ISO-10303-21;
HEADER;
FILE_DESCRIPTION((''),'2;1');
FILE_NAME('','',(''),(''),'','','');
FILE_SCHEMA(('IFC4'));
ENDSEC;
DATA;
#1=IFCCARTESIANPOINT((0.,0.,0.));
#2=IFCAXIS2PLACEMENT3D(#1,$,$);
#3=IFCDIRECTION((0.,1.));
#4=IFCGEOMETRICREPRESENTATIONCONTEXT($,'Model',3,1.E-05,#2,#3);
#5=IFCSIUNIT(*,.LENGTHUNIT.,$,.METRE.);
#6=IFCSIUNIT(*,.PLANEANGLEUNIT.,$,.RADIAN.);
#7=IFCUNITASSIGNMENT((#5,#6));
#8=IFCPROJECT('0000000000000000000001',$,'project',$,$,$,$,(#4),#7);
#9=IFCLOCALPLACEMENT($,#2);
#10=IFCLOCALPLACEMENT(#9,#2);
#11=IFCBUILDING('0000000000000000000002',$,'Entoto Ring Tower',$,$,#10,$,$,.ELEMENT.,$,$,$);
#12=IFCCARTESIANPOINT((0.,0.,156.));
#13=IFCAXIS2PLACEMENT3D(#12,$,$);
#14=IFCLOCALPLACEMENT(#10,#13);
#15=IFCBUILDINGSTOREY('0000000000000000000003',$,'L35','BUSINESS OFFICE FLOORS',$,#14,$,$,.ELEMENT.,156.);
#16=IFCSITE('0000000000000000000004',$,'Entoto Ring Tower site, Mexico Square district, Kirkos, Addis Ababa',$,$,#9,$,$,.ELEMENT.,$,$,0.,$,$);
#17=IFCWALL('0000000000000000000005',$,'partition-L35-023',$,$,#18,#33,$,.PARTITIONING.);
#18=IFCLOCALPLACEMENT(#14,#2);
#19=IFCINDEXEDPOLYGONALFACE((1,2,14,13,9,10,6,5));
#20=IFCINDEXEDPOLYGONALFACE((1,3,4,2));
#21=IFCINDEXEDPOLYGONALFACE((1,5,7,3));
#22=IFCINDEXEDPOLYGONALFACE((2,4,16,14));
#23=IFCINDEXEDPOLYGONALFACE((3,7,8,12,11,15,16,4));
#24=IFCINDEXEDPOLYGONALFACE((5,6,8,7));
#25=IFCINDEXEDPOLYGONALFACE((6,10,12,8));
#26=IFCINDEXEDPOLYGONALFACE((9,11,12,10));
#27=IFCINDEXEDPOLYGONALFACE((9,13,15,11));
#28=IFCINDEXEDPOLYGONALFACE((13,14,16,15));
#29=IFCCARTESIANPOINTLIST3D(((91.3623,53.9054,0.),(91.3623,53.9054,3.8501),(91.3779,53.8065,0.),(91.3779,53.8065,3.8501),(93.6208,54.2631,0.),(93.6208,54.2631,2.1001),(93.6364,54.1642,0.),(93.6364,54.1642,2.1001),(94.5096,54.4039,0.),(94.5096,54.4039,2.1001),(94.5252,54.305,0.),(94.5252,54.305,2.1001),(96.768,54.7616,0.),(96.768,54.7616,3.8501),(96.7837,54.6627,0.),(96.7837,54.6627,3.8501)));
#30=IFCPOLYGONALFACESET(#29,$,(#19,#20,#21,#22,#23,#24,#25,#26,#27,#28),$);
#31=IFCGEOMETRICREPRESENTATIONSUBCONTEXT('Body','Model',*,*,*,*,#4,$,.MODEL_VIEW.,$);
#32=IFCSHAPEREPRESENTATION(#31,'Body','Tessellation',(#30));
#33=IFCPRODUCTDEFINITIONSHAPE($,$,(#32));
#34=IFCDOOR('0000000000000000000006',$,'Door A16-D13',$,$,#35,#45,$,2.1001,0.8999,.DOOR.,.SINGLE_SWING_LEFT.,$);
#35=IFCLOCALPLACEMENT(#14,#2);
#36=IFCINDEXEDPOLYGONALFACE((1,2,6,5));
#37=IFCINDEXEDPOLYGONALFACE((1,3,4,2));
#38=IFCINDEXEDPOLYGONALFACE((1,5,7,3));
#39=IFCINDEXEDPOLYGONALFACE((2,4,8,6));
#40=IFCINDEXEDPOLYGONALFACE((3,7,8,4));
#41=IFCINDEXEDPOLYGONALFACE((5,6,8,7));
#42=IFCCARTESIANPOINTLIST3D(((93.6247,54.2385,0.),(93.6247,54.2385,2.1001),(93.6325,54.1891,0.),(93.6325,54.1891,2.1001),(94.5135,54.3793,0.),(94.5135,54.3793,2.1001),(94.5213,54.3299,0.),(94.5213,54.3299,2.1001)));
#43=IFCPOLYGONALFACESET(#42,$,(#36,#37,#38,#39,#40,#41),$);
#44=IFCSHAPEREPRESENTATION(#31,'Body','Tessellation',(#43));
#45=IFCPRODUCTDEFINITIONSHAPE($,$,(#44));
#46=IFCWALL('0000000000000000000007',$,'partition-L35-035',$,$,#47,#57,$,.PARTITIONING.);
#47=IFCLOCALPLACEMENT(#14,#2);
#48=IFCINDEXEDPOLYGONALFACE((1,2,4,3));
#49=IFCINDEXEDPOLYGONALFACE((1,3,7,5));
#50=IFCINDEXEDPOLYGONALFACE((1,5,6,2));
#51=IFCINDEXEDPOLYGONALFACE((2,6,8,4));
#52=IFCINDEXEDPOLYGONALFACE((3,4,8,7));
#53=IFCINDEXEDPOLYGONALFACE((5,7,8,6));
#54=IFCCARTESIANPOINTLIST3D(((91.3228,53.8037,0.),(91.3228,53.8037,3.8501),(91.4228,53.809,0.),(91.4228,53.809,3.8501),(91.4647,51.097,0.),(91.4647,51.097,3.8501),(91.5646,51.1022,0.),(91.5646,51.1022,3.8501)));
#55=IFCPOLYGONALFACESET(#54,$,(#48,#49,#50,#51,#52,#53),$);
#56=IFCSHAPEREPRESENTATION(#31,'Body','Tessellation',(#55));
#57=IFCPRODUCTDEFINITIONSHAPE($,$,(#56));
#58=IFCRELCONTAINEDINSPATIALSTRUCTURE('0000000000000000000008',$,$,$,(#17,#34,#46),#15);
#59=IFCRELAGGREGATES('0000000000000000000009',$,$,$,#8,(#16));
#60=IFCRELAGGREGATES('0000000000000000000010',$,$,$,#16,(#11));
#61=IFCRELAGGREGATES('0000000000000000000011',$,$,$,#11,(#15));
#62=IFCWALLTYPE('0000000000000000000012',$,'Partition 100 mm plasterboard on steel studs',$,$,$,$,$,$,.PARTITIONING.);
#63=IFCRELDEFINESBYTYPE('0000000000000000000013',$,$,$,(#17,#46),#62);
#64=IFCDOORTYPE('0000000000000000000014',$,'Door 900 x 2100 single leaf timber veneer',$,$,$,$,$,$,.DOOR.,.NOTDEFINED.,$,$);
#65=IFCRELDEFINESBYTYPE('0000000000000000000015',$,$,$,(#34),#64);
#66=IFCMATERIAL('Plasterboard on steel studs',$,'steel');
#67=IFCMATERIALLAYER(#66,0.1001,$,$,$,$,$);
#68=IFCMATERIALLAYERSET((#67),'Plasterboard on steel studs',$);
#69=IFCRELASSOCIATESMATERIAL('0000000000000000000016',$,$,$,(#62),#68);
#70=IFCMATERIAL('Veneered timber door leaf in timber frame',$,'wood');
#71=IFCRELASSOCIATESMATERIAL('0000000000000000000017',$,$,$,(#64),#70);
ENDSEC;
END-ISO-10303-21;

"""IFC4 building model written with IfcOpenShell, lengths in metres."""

from ifc_helpers import new_model, si_unit, direction, frame, frame_2d, origin, place, context, subcontext, project, spatial, rectangle, extrude, material, layer, layer_set, type_object, element, fill, save


model = new_model("IFC4")

# Units and contexts
model_context = context("Model", 3, precision=1e-05, world=origin(), true_north=direction((0.0, 1.0)))
body_context = subcontext(model_context, "Body", "Model", "MODEL_VIEW")
ifc_project = project(units=[si_unit("LENGTHUNIT", "METRE"), si_unit("PLANEANGLEUNIT", "RADIAN")], contexts=[model_context])

# Site, building, storey
site_placement = place(None, origin())
site = spatial("IfcSite", under=ifc_project, at=site_placement, Name="Entoto Ring Tower site, Mexico Square district, Kirkos, Addis Ababa", CompositionType="ELEMENT", RefElevation=0.0)
building_placement = place(site_placement, origin())
building = spatial("IfcBuilding", under=site, at=building_placement, Name="Entoto Ring Tower", CompositionType="ELEMENT")
storey_placement = place(building_placement, frame((0.0, 0.0, 156.0)))
storey = spatial("IfcBuildingStorey", under=building, at=storey_placement, Name="L35", Description="BUSINESS OFFICE FLOORS", CompositionType="ELEMENT", Elevation=156.0)

# Wall, opening, door
ifc_material_1 = material(Name="Plasterboard on steel studs", Category="steel")
ifc_layer_1 = layer(ifc_material_1, 0.1001)
ifc_layer_set_1 = layer_set([ifc_layer_1], Name="Plasterboard on steel studs")
wall_type_1 = type_object("IfcWallType", Name="Partition 100 mm plasterboard on steel studs", PredefinedType="PARTITIONING", material=ifc_layer_set_1)
wall_1_placement = place(storey_placement, frame((91.3701, 53.856, 0.0), z_axis=(0.0, 0.0, 1.0), x_axis=(0.987688, 0.156437, 0.0)))
wall_1 = element("IfcWall", 1, at=wall_1_placement, inside=storey, type_object=wall_type_1, Name="partition-L35-023", PredefinedType="PARTITIONING", context=body_context, shape_type="SweptSolid", body=[
    extrude(rectangle(XDim=5.4731, YDim=0.1001, at=frame_2d((2.7366, 0.0))), origin(), (0.0, 0.0, 1.0), 3.8501),
])
opening_1_placement = place(wall_1_placement, frame((2.2866, 0.0, 0.0)))
opening_1 = element("IfcOpeningElement", 2, at=opening_1_placement, cuts=wall_1, PredefinedType="OPENING", context=body_context, shape_type="SweptSolid", body=[
    extrude(rectangle(XDim=0.8999, YDim=2.1001, at=frame_2d((0.45, 1.05))), frame((0.0, 0.0601, 0.0), z_axis=(0.0, -1.0, 0.0), x_axis=(1.0, 0.0, 0.0)), (0.0, 0.0, 1.0), 0.1201),
])
ifc_material_2 = material(Name="Veneered timber door leaf in timber frame", Category="wood")
door_type_1 = type_object("IfcDoorType", Name="Door 900 x 2100 single leaf timber veneer", OperationType="NOTDEFINED", PredefinedType="DOOR", material=ifc_material_2)
door_1_placement = place(opening_1_placement, frame((0.8999, 0.0, 0.0), z_axis=(0.0, 0.0, 1.0), x_axis=(-1.0, 0.0, 0.0)))
door_1 = element("IfcDoor", 3, at=door_1_placement, inside=storey, type_object=door_type_1, Name="Door A16-D13", OperationType="SINGLE_SWING_LEFT", OverallHeight=2.1001, OverallWidth=0.8999, PredefinedType="DOOR", context=body_context, shape_type="SweptSolid", body=[
    extrude(rectangle(XDim=0.8999, YDim=2.1001, at=frame_2d((0.45, 1.05))), frame((0.0, 0.0249, 0.0), z_axis=(0.0, -1.0, 0.0), x_axis=(1.0, 0.0, 0.0)), (0.0, 0.0, 1.0), 0.05),
])
fill(opening_1, door_1)

# Wall
wall_2_placement = place(storey_placement, frame((91.5146, 51.0996, 0.0), z_axis=(0.0, 0.0, 1.0), x_axis=(-0.052332, 0.99863, 0.0)))
element("IfcWall", 4, at=wall_2_placement, inside=storey, type_object=wall_type_1, Name="partition-L35-035", PredefinedType="PARTITIONING", context=body_context, shape_type="SweptSolid", body=[
    extrude(rectangle(XDim=2.7104, YDim=0.1001, at=frame_2d((1.3552, 0.0))), origin(), (0.0, 0.0, 1.0), 3.8501),
])

save(model, "model.ifc")
